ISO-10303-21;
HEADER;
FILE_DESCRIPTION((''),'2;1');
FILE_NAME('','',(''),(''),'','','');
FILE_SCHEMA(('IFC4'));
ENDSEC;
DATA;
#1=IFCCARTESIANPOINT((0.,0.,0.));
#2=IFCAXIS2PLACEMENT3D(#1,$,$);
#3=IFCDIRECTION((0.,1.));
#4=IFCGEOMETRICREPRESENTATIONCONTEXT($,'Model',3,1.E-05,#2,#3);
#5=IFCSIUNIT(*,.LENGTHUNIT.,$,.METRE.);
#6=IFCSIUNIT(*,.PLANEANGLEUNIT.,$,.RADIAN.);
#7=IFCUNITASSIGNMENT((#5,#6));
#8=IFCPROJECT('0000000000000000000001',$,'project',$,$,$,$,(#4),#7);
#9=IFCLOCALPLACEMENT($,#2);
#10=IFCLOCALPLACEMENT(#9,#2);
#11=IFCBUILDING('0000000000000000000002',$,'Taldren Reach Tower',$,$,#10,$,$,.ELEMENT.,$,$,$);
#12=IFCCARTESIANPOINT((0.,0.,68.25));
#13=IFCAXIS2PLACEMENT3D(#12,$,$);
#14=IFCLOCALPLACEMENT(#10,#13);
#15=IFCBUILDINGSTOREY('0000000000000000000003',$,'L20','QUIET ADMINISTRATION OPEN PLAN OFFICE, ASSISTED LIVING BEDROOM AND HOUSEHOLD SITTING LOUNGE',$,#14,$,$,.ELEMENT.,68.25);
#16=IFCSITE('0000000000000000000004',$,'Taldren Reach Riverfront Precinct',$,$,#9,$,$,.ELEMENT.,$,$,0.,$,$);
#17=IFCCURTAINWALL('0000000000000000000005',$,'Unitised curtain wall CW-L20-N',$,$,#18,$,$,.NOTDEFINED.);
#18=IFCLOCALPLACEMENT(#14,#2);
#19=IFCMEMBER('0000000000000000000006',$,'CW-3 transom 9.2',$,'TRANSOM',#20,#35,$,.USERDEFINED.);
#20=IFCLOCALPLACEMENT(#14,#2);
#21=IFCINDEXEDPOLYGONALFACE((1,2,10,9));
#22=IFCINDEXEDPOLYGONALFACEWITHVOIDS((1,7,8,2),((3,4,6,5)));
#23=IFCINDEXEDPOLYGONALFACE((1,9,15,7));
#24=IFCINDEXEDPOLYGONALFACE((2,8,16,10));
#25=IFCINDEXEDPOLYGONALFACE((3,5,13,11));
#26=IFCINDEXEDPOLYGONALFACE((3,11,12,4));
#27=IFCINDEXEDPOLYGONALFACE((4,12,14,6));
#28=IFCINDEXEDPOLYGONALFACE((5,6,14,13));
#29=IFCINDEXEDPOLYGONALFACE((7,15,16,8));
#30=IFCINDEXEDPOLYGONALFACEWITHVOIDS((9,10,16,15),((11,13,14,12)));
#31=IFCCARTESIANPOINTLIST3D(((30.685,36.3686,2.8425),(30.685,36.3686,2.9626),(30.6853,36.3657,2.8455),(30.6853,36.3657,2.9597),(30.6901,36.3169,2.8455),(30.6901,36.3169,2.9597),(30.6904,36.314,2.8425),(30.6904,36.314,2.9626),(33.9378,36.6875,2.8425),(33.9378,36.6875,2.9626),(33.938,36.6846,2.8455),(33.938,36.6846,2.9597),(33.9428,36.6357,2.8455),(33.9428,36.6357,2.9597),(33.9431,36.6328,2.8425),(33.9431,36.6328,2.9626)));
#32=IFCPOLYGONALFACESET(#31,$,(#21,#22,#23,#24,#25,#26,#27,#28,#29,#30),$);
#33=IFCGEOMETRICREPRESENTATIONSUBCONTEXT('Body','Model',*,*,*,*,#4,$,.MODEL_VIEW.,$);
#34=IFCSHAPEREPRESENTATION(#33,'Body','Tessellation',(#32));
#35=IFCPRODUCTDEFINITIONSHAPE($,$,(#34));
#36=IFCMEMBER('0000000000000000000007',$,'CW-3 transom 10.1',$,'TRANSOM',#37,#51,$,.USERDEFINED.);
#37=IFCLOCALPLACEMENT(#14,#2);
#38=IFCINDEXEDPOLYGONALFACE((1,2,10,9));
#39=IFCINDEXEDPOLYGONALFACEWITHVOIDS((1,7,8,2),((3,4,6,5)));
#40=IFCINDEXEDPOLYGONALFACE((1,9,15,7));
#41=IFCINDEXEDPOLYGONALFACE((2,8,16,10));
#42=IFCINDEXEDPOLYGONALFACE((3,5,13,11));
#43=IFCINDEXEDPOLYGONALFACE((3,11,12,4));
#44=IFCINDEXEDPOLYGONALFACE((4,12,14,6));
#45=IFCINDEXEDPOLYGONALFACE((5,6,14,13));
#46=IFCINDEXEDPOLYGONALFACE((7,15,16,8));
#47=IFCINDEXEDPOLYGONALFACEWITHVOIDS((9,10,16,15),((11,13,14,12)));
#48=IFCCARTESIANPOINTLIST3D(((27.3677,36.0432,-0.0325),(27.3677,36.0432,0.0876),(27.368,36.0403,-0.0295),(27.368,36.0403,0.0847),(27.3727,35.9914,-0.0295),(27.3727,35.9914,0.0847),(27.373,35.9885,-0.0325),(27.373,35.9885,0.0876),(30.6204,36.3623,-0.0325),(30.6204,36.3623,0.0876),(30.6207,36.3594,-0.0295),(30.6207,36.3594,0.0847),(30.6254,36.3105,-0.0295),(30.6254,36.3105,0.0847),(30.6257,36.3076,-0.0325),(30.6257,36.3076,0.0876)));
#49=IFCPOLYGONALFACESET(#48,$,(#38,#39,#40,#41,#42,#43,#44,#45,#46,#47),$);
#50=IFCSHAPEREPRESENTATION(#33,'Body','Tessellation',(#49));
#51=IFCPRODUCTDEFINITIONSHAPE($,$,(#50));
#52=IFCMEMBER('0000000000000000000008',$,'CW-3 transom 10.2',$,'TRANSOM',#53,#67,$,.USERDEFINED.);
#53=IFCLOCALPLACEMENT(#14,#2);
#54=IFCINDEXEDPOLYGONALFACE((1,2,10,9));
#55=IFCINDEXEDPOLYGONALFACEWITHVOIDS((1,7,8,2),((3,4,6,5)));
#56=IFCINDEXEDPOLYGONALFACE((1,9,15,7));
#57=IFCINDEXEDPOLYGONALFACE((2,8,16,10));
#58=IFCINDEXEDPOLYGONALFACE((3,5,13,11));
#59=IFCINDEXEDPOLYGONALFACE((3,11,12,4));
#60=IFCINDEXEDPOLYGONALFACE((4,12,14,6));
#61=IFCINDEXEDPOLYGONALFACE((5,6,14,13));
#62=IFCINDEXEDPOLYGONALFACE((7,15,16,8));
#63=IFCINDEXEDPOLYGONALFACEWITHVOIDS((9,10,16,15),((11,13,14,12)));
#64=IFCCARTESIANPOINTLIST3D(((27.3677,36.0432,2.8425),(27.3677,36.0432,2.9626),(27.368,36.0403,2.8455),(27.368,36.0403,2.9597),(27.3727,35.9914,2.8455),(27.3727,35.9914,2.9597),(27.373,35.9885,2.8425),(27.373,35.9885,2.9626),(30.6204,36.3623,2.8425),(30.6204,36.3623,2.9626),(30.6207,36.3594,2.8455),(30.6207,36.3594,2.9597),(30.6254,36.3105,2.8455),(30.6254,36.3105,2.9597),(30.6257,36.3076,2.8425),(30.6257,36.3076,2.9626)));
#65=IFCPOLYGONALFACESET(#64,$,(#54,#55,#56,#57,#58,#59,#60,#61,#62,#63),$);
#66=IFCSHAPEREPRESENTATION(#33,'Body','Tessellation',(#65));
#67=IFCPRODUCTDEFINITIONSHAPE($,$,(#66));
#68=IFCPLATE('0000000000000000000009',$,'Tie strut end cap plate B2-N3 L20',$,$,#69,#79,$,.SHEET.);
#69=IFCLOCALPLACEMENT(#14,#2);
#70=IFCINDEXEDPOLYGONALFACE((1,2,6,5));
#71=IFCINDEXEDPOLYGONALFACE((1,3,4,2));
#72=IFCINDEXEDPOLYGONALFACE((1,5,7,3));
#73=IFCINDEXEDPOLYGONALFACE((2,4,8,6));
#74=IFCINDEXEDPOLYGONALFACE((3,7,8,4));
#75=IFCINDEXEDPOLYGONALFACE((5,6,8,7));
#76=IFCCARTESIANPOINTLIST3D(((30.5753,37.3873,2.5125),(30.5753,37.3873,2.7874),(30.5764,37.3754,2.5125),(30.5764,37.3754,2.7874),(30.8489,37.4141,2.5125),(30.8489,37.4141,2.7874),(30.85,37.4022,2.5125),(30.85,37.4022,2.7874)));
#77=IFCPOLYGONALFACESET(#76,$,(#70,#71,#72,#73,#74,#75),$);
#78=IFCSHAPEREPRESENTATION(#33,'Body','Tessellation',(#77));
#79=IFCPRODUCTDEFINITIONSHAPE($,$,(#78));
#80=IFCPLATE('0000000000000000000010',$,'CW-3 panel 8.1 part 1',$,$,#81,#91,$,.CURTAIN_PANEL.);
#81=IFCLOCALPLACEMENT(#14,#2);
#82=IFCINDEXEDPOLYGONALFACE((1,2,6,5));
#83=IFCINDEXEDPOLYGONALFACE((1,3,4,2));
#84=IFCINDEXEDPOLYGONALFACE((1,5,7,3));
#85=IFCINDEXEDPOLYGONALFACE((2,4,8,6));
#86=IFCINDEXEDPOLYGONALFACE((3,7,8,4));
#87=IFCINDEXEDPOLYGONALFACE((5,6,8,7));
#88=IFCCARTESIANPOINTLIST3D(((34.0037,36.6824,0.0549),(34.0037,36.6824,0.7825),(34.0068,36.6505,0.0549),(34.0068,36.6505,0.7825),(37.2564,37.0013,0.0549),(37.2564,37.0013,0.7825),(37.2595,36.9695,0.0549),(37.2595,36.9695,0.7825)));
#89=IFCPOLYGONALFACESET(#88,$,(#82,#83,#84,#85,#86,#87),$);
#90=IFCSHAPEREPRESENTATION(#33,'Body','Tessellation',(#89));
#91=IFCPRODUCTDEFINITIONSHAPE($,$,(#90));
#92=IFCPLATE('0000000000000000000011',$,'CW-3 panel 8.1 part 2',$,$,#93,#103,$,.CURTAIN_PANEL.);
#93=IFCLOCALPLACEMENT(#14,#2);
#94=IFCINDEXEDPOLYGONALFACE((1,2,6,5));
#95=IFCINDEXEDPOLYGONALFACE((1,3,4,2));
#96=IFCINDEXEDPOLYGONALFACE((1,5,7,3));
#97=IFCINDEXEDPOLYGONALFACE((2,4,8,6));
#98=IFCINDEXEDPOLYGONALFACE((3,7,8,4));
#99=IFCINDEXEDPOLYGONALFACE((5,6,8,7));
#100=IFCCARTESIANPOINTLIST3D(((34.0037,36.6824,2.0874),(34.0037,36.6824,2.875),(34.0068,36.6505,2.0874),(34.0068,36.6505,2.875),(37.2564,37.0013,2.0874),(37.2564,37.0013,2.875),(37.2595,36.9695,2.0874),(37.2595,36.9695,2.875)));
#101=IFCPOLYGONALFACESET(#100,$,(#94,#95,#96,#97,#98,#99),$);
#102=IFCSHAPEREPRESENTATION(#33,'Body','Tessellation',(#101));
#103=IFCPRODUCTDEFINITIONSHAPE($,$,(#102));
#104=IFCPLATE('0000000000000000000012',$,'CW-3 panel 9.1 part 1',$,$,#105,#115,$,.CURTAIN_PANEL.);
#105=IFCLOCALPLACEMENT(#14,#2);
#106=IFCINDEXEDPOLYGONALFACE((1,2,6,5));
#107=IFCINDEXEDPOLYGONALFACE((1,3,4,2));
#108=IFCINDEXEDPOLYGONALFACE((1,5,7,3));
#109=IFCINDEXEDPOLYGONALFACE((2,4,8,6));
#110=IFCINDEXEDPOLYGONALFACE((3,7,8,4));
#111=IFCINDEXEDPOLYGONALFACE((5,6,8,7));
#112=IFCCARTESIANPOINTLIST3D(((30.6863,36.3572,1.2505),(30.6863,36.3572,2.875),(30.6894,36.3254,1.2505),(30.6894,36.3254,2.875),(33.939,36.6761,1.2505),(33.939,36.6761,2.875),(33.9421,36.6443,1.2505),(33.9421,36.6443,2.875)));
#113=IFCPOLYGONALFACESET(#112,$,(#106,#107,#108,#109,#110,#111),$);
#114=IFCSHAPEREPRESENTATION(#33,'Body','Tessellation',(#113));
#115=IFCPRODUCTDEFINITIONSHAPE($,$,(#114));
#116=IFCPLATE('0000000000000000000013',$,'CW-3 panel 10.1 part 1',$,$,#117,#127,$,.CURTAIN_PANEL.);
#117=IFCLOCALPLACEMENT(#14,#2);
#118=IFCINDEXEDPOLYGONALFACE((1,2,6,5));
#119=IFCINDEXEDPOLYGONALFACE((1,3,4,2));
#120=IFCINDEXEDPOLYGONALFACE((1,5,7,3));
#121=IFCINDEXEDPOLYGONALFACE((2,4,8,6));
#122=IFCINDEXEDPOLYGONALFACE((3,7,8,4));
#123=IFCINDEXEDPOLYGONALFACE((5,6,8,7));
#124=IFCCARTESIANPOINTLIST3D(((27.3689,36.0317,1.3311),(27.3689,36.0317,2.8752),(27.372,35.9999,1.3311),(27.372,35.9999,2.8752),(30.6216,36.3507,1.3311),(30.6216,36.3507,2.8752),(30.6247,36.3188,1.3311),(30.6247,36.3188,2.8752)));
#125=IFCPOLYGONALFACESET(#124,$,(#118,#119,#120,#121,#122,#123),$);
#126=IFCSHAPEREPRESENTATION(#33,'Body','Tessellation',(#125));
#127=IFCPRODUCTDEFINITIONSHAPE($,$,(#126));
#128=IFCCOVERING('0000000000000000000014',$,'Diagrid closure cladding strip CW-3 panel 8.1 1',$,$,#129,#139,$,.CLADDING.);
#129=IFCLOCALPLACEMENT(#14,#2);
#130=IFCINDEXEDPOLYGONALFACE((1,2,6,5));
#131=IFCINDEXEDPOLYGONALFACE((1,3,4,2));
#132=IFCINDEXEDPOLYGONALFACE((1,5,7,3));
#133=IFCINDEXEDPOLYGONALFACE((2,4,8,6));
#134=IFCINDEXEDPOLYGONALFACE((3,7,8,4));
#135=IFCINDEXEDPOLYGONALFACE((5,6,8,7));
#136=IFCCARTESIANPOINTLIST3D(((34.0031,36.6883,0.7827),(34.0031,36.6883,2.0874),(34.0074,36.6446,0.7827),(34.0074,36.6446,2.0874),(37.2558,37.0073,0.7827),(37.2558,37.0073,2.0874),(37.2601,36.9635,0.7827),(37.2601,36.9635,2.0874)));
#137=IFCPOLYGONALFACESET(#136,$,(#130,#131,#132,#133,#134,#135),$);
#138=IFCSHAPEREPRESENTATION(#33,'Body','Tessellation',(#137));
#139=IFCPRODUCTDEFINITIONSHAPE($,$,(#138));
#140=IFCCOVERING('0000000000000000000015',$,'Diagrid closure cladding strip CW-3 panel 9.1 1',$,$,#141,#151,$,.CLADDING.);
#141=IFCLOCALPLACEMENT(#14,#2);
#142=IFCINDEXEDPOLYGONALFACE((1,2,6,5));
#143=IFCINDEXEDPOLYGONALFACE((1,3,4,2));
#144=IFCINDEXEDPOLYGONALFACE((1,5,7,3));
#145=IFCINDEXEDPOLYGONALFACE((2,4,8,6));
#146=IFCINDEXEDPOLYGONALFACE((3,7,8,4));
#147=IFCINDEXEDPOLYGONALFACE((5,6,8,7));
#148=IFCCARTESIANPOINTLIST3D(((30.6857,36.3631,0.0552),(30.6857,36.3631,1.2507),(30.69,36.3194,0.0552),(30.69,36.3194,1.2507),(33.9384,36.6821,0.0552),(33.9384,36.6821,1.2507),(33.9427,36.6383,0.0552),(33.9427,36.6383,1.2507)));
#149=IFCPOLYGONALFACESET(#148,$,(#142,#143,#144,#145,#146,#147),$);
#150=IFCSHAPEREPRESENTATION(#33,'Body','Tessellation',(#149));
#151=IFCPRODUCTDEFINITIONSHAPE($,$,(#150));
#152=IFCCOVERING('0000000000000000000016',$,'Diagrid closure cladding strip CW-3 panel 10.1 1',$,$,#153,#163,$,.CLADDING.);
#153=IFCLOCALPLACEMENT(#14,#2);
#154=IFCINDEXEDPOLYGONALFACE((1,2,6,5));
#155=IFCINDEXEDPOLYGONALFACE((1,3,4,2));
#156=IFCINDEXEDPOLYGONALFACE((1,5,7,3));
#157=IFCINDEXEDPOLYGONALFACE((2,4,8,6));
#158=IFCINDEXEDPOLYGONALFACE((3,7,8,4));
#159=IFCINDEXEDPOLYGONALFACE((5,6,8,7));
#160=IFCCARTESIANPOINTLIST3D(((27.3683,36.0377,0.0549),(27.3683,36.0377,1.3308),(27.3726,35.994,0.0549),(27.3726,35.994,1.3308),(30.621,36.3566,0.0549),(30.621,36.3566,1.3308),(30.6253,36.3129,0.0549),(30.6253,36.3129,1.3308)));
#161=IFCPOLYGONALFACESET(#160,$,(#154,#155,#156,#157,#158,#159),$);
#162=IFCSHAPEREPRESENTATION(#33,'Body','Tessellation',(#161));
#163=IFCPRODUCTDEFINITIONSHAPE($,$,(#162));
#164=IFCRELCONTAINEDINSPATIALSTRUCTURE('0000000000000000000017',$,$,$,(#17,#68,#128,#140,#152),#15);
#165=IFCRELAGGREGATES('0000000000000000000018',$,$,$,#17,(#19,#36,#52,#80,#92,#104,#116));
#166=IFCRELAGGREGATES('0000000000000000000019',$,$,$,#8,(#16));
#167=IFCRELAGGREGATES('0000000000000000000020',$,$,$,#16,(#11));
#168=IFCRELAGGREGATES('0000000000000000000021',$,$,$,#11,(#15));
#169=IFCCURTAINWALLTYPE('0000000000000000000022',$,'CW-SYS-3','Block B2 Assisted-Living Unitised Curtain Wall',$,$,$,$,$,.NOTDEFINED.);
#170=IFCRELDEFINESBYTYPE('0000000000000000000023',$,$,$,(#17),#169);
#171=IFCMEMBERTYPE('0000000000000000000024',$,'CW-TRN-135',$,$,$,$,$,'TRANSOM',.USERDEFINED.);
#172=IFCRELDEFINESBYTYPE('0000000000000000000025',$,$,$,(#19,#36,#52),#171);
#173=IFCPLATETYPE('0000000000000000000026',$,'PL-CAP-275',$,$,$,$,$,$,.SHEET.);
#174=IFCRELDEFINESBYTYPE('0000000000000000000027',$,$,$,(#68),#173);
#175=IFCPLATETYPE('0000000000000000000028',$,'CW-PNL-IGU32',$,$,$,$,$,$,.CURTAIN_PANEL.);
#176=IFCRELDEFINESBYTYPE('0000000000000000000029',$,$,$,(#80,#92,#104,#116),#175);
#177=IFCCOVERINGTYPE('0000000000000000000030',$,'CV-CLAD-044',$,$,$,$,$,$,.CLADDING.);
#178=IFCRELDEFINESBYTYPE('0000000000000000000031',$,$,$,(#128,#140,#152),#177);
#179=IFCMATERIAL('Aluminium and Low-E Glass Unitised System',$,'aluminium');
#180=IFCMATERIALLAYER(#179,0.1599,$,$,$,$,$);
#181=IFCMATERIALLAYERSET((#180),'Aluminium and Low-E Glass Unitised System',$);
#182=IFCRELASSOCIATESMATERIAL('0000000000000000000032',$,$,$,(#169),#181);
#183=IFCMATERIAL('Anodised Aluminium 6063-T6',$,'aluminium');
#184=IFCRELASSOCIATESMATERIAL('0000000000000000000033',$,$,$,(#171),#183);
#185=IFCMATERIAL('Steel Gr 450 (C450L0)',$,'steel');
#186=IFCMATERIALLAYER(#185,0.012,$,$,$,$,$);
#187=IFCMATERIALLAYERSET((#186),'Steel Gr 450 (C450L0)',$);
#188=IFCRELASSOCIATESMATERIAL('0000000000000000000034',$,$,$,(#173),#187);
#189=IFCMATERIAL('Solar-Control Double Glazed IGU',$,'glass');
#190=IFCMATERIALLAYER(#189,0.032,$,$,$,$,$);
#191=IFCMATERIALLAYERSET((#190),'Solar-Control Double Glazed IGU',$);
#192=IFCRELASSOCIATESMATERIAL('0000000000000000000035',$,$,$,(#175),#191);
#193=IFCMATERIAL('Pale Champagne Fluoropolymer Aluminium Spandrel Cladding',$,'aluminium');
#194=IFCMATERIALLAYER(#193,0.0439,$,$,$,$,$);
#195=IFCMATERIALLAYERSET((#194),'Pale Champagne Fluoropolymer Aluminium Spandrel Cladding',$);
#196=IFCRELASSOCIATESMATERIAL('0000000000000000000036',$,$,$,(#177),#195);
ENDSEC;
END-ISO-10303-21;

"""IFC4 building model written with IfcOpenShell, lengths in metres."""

from ifc_helpers import new_model, si_unit, direction, frame, origin, origin_2d, place, context, subcontext, project, spatial, rectangle, hollow_rectangle, extrude, source, transform, mapped, material, layer, layer_set, material_profile, profile_set, type_object, element, aggregate, save


model = new_model("IFC4")

# Units and contexts
model_context = context("Model", 3, precision=1e-05, world=origin(), true_north=direction((0.0, 1.0)))
body_context = subcontext(model_context, "Body", "Model", "MODEL_VIEW")
ifc_project = project(units=[si_unit("LENGTHUNIT", "METRE"), si_unit("PLANEANGLEUNIT", "RADIAN")], contexts=[model_context])

# Site, building, storey
site_placement = place(None, origin())
site = spatial("IfcSite", under=ifc_project, at=site_placement, Name="Taldren Reach Riverfront Precinct", CompositionType="ELEMENT", RefElevation=0.0)
building_placement = place(site_placement, origin())
building = spatial("IfcBuilding", under=site, at=building_placement, Name="Taldren Reach Tower", CompositionType="ELEMENT")
storey_placement = place(building_placement, frame((0.0, 0.0, 68.25)))
storey = spatial("IfcBuildingStorey", under=building, at=storey_placement, Name="L20", Description="QUIET ADMINISTRATION OPEN PLAN OFFICE, ASSISTED LIVING BEDROOM AND HOUSEHOLD SITTING LOUNGE", CompositionType="ELEMENT", Elevation=68.25)

# Shared definitions
ifc_material_1 = material(Name="Steel Gr 450 (C450L0)", Category="steel")

# Curtain wall, members
ifc_material_2 = material(Name="Aluminium and Low-E Glass Unitised System", Category="aluminium")
ifc_layer_1 = layer(ifc_material_2, 0.1599)
ifc_layer_set_1 = layer_set([ifc_layer_1], Name="Aluminium and Low-E Glass Unitised System")
curtain_wall_type = type_object("IfcCurtainWallType", Name="CW-SYS-3", Description="Block B2 Assisted-Living Unitised Curtain Wall", PredefinedType="NOTDEFINED", material=ifc_layer_set_1)
curtain_wall_placement = place(storey_placement, origin())
curtain_wall = element("IfcCurtainWall", 1, at=curtain_wall_placement, inside=storey, type_object=curtain_wall_type, Name="Unitised curtain wall CW-L20-N", PredefinedType="NOTDEFINED")
ifc_material_3 = material(Name="Anodised Aluminium 6063-T6", Category="aluminium")
ifc_material_profile_1 = material_profile(ifc_material_3, hollow_rectangle(XDim=0.0549, YDim=0.1201, WallThickness=0.0029, at=origin_2d()), Name="ALU-120x55x3RHS")
ifc_profile_set_1 = profile_set([ifc_material_profile_1], Name="Anodised Aluminium 6063-T6")
member_type_1 = type_object("IfcMemberType", Name="CW-TRN-135", ElementType="TRANSOM", PredefinedType="USERDEFINED", material=ifc_profile_set_1)
shared_shape_1 = source(origin(), body_context, "Body", "SweptSolid", [
    extrude(hollow_rectangle(XDim=0.0549, YDim=0.1201, WallThickness=0.0029, at=origin_2d()), origin(), (0.0, 0.0, 1.0), 3.2683),
])
member_1_placement = place(storey_placement, frame((33.9404, 36.6602, 2.9026), z_axis=(-0.99523, -0.097558, 0.0), x_axis=(0.097558, -0.99523, 0.0)))
member_1 = element("IfcMember", 2, at=member_1_placement, type_object=member_type_1, Name="CW-3 transom 9.2", ObjectType="TRANSOM", PredefinedType="USERDEFINED", context=body_context, shape_type="MappedRepresentation", body=[
    mapped(shared_shape_1, transform((0.0, 0.0, 0.0), scale=1.0)),
])
member_2_placement = place(storey_placement, frame((30.623, 36.335, 0.0276), z_axis=(-0.995223, -0.097632, 0.0), x_axis=(0.097632, -0.995223, 0.0)))
member_2 = element("IfcMember", 3, at=member_2_placement, type_object=member_type_1, Name="CW-3 transom 10.1", ObjectType="TRANSOM", PredefinedType="USERDEFINED", context=body_context, shape_type="MappedRepresentation", body=[
    mapped(shared_shape_1, transform((0.0, 0.0, 0.0), scale=1.0)),
])
member_3_placement = place(storey_placement, frame((30.623, 36.335, 2.9026), z_axis=(-0.995223, -0.097632, 0.0), x_axis=(0.097632, -0.995223, 0.0)))
member_3 = element("IfcMember", 4, at=member_3_placement, type_object=member_type_1, Name="CW-3 transom 10.2", ObjectType="TRANSOM", PredefinedType="USERDEFINED", context=body_context, shape_type="MappedRepresentation", body=[
    mapped(shared_shape_1, transform((0.0, 0.0, 0.0), scale=1.0)),
])

# Plates
ifc_layer_2 = layer(ifc_material_1, 0.012)
ifc_layer_set_2 = layer_set([ifc_layer_2], Name="Steel Gr 450 (C450L0)")
plate_type_1 = type_object("IfcPlateType", Name="PL-CAP-275", PredefinedType="SHEET", material=ifc_layer_set_2)
shared_shape_2 = source(origin(), body_context, "Body", "SweptSolid", [
    extrude(rectangle(XDim=0.2749, YDim=0.012, at=origin_2d()), origin(), (0.0, 0.0, 1.0), 0.2749),
])
plate_1_placement = place(storey_placement, frame((30.7126, 37.3948, 2.5125), z_axis=(0.0, 0.0, 1.0), x_axis=(0.995227, 0.097583, 0.0)))
element("IfcPlate", 5, at=plate_1_placement, inside=storey, type_object=plate_type_1, Name="Tie strut end cap plate B2-N3 L20", PredefinedType="SHEET", context=body_context, shape_type="MappedRepresentation", body=[
    mapped(shared_shape_2, transform((0.0, 0.0, 0.0), scale=1.0)),
])
ifc_material_4 = material(Name="Solar-Control Double Glazed IGU", Category="glass")
ifc_layer_3 = layer(ifc_material_4, 0.032)
ifc_layer_set_3 = layer_set([ifc_layer_3], Name="Solar-Control Double Glazed IGU")
plate_type_2 = type_object("IfcPlateType", Name="CW-PNL-IGU32", PredefinedType="CURTAIN_PANEL", material=ifc_layer_set_3)
shared_shape_3 = source(origin(), body_context, "Body", "SweptSolid", [
    extrude(rectangle(XDim=3.2683, YDim=0.032, at=origin_2d()), origin(), (0.0, 0.0, 1.0), 0.7275),
])
plate_2_placement = place(storey_placement, frame((35.6316, 36.8259, 0.0549), z_axis=(0.0, 0.0, 1.0), x_axis=(-0.995227, -0.097583, 0.0)))
plate_2 = element("IfcPlate", 6, at=plate_2_placement, type_object=plate_type_2, Name="CW-3 panel 8.1 part 1", PredefinedType="CURTAIN_PANEL", context=body_context, shape_type="MappedRepresentation", body=[
    mapped(shared_shape_3, transform((0.0, 0.0, 0.0), scale=1.0)),
])
shared_shape_4 = source(origin(), body_context, "Body", "SweptSolid", [
    extrude(rectangle(XDim=3.2683, YDim=0.032, at=origin_2d()), origin(), (0.0, 0.0, 1.0), 0.7876),
])
plate_3_placement = place(storey_placement, frame((35.6316, 36.8259, 2.0874), z_axis=(0.0, 0.0, 1.0), x_axis=(-0.995227, -0.097583, 0.0)))
plate_3 = element("IfcPlate", 7, at=plate_3_placement, type_object=plate_type_2, Name="CW-3 panel 8.1 part 2", PredefinedType="CURTAIN_PANEL", context=body_context, shape_type="MappedRepresentation", body=[
    mapped(shared_shape_4, transform((0.0, 0.0, 0.0), scale=1.0)),
])
shared_shape_5 = source(origin(), body_context, "Body", "SweptSolid", [
    extrude(rectangle(XDim=3.2683, YDim=0.032, at=origin_2d()), origin(), (0.0, 0.0, 1.0), 1.6245),
])
plate_4_placement = place(storey_placement, frame((32.3142, 36.5007, 1.2505), z_axis=(0.0, 0.0, 1.0), x_axis=(-0.995227, -0.097583, 0.0)))
plate_4 = element("IfcPlate", 8, at=plate_4_placement, type_object=plate_type_2, Name="CW-3 panel 9.1 part 1", PredefinedType="CURTAIN_PANEL", context=body_context, shape_type="MappedRepresentation", body=[
    mapped(shared_shape_5, transform((0.0, 0.0, 0.0), scale=1.0)),
])
shared_shape_6 = source(origin(), body_context, "Body", "SweptSolid", [
    extrude(rectangle(XDim=3.2683, YDim=0.032, at=origin_2d()), origin(), (0.0, 0.0, 1.0), 1.5442),
])
plate_5_placement = place(storey_placement, frame((28.9968, 36.1753, 1.3311), z_axis=(0.0, 0.0, 1.0), x_axis=(-0.995227, -0.097583, 0.0)))
plate_5 = element("IfcPlate", 9, at=plate_5_placement, type_object=plate_type_2, Name="CW-3 panel 10.1 part 1", PredefinedType="CURTAIN_PANEL", context=body_context, shape_type="MappedRepresentation", body=[
    mapped(shared_shape_6, transform((0.0, 0.0, 0.0), scale=1.0)),
])
aggregate(curtain_wall, [member_1, member_2, member_3, plate_2, plate_3, plate_4, plate_5])

# Coverings
ifc_material_5 = material(Name="Pale Champagne Fluoropolymer Aluminium Spandrel Cladding", Category="aluminium")
ifc_layer_4 = layer(ifc_material_5, 0.0439)
ifc_layer_set_4 = layer_set([ifc_layer_4], Name="Pale Champagne Fluoropolymer Aluminium Spandrel Cladding")
covering_type = type_object("IfcCoveringType", Name="CV-CLAD-044", PredefinedType="CLADDING", material=ifc_layer_set_4)
shared_shape_7 = source(origin(), body_context, "Body", "SweptSolid", [
    extrude(rectangle(XDim=3.2683, YDim=0.0439, at=origin_2d()), origin(), (0.0, 0.0, 1.0), 1.3047),
])
covering_1_placement = place(storey_placement, frame((35.6316, 36.8259, 0.7827), z_axis=(0.0, 0.0, 1.0), x_axis=(-0.995227, -0.097583, 0.0)))
element("IfcCovering", 10, at=covering_1_placement, inside=storey, type_object=covering_type, Name="Diagrid closure cladding strip CW-3 panel 8.1 1", PredefinedType="CLADDING", context=body_context, shape_type="MappedRepresentation", body=[
    mapped(shared_shape_7, transform((0.0, 0.0, 0.0), scale=1.0)),
])
shared_shape_8 = source(origin(), body_context, "Body", "SweptSolid", [
    extrude(rectangle(XDim=3.2683, YDim=0.0439, at=origin_2d()), origin(), (0.0, 0.0, 1.0), 1.1956),
])
covering_2_placement = place(storey_placement, frame((32.3142, 36.5007, 0.0552), z_axis=(0.0, 0.0, 1.0), x_axis=(-0.995227, -0.097583, 0.0)))
element("IfcCovering", 11, at=covering_2_placement, inside=storey, type_object=covering_type, Name="Diagrid closure cladding strip CW-3 panel 9.1 1", PredefinedType="CLADDING", context=body_context, shape_type="MappedRepresentation", body=[
    mapped(shared_shape_8, transform((0.0, 0.0, 0.0), scale=1.0)),
])
shared_shape_9 = source(origin(), body_context, "Body", "SweptSolid", [
    extrude(rectangle(XDim=3.2683, YDim=0.0439, at=origin_2d()), origin(), (0.0, 0.0, 1.0), 1.2759),
])
covering_3_placement = place(storey_placement, frame((28.9968, 36.1753, 0.0549), z_axis=(0.0, 0.0, 1.0), x_axis=(-0.995227, -0.097583, 0.0)))
element("IfcCovering", 12, at=covering_3_placement, inside=storey, type_object=covering_type, Name="Diagrid closure cladding strip CW-3 panel 10.1 1", PredefinedType="CLADDING", context=body_context, shape_type="MappedRepresentation", body=[
    mapped(shared_shape_9, transform((0.0, 0.0, 0.0), scale=1.0)),
])

save(model, "model.ifc")
